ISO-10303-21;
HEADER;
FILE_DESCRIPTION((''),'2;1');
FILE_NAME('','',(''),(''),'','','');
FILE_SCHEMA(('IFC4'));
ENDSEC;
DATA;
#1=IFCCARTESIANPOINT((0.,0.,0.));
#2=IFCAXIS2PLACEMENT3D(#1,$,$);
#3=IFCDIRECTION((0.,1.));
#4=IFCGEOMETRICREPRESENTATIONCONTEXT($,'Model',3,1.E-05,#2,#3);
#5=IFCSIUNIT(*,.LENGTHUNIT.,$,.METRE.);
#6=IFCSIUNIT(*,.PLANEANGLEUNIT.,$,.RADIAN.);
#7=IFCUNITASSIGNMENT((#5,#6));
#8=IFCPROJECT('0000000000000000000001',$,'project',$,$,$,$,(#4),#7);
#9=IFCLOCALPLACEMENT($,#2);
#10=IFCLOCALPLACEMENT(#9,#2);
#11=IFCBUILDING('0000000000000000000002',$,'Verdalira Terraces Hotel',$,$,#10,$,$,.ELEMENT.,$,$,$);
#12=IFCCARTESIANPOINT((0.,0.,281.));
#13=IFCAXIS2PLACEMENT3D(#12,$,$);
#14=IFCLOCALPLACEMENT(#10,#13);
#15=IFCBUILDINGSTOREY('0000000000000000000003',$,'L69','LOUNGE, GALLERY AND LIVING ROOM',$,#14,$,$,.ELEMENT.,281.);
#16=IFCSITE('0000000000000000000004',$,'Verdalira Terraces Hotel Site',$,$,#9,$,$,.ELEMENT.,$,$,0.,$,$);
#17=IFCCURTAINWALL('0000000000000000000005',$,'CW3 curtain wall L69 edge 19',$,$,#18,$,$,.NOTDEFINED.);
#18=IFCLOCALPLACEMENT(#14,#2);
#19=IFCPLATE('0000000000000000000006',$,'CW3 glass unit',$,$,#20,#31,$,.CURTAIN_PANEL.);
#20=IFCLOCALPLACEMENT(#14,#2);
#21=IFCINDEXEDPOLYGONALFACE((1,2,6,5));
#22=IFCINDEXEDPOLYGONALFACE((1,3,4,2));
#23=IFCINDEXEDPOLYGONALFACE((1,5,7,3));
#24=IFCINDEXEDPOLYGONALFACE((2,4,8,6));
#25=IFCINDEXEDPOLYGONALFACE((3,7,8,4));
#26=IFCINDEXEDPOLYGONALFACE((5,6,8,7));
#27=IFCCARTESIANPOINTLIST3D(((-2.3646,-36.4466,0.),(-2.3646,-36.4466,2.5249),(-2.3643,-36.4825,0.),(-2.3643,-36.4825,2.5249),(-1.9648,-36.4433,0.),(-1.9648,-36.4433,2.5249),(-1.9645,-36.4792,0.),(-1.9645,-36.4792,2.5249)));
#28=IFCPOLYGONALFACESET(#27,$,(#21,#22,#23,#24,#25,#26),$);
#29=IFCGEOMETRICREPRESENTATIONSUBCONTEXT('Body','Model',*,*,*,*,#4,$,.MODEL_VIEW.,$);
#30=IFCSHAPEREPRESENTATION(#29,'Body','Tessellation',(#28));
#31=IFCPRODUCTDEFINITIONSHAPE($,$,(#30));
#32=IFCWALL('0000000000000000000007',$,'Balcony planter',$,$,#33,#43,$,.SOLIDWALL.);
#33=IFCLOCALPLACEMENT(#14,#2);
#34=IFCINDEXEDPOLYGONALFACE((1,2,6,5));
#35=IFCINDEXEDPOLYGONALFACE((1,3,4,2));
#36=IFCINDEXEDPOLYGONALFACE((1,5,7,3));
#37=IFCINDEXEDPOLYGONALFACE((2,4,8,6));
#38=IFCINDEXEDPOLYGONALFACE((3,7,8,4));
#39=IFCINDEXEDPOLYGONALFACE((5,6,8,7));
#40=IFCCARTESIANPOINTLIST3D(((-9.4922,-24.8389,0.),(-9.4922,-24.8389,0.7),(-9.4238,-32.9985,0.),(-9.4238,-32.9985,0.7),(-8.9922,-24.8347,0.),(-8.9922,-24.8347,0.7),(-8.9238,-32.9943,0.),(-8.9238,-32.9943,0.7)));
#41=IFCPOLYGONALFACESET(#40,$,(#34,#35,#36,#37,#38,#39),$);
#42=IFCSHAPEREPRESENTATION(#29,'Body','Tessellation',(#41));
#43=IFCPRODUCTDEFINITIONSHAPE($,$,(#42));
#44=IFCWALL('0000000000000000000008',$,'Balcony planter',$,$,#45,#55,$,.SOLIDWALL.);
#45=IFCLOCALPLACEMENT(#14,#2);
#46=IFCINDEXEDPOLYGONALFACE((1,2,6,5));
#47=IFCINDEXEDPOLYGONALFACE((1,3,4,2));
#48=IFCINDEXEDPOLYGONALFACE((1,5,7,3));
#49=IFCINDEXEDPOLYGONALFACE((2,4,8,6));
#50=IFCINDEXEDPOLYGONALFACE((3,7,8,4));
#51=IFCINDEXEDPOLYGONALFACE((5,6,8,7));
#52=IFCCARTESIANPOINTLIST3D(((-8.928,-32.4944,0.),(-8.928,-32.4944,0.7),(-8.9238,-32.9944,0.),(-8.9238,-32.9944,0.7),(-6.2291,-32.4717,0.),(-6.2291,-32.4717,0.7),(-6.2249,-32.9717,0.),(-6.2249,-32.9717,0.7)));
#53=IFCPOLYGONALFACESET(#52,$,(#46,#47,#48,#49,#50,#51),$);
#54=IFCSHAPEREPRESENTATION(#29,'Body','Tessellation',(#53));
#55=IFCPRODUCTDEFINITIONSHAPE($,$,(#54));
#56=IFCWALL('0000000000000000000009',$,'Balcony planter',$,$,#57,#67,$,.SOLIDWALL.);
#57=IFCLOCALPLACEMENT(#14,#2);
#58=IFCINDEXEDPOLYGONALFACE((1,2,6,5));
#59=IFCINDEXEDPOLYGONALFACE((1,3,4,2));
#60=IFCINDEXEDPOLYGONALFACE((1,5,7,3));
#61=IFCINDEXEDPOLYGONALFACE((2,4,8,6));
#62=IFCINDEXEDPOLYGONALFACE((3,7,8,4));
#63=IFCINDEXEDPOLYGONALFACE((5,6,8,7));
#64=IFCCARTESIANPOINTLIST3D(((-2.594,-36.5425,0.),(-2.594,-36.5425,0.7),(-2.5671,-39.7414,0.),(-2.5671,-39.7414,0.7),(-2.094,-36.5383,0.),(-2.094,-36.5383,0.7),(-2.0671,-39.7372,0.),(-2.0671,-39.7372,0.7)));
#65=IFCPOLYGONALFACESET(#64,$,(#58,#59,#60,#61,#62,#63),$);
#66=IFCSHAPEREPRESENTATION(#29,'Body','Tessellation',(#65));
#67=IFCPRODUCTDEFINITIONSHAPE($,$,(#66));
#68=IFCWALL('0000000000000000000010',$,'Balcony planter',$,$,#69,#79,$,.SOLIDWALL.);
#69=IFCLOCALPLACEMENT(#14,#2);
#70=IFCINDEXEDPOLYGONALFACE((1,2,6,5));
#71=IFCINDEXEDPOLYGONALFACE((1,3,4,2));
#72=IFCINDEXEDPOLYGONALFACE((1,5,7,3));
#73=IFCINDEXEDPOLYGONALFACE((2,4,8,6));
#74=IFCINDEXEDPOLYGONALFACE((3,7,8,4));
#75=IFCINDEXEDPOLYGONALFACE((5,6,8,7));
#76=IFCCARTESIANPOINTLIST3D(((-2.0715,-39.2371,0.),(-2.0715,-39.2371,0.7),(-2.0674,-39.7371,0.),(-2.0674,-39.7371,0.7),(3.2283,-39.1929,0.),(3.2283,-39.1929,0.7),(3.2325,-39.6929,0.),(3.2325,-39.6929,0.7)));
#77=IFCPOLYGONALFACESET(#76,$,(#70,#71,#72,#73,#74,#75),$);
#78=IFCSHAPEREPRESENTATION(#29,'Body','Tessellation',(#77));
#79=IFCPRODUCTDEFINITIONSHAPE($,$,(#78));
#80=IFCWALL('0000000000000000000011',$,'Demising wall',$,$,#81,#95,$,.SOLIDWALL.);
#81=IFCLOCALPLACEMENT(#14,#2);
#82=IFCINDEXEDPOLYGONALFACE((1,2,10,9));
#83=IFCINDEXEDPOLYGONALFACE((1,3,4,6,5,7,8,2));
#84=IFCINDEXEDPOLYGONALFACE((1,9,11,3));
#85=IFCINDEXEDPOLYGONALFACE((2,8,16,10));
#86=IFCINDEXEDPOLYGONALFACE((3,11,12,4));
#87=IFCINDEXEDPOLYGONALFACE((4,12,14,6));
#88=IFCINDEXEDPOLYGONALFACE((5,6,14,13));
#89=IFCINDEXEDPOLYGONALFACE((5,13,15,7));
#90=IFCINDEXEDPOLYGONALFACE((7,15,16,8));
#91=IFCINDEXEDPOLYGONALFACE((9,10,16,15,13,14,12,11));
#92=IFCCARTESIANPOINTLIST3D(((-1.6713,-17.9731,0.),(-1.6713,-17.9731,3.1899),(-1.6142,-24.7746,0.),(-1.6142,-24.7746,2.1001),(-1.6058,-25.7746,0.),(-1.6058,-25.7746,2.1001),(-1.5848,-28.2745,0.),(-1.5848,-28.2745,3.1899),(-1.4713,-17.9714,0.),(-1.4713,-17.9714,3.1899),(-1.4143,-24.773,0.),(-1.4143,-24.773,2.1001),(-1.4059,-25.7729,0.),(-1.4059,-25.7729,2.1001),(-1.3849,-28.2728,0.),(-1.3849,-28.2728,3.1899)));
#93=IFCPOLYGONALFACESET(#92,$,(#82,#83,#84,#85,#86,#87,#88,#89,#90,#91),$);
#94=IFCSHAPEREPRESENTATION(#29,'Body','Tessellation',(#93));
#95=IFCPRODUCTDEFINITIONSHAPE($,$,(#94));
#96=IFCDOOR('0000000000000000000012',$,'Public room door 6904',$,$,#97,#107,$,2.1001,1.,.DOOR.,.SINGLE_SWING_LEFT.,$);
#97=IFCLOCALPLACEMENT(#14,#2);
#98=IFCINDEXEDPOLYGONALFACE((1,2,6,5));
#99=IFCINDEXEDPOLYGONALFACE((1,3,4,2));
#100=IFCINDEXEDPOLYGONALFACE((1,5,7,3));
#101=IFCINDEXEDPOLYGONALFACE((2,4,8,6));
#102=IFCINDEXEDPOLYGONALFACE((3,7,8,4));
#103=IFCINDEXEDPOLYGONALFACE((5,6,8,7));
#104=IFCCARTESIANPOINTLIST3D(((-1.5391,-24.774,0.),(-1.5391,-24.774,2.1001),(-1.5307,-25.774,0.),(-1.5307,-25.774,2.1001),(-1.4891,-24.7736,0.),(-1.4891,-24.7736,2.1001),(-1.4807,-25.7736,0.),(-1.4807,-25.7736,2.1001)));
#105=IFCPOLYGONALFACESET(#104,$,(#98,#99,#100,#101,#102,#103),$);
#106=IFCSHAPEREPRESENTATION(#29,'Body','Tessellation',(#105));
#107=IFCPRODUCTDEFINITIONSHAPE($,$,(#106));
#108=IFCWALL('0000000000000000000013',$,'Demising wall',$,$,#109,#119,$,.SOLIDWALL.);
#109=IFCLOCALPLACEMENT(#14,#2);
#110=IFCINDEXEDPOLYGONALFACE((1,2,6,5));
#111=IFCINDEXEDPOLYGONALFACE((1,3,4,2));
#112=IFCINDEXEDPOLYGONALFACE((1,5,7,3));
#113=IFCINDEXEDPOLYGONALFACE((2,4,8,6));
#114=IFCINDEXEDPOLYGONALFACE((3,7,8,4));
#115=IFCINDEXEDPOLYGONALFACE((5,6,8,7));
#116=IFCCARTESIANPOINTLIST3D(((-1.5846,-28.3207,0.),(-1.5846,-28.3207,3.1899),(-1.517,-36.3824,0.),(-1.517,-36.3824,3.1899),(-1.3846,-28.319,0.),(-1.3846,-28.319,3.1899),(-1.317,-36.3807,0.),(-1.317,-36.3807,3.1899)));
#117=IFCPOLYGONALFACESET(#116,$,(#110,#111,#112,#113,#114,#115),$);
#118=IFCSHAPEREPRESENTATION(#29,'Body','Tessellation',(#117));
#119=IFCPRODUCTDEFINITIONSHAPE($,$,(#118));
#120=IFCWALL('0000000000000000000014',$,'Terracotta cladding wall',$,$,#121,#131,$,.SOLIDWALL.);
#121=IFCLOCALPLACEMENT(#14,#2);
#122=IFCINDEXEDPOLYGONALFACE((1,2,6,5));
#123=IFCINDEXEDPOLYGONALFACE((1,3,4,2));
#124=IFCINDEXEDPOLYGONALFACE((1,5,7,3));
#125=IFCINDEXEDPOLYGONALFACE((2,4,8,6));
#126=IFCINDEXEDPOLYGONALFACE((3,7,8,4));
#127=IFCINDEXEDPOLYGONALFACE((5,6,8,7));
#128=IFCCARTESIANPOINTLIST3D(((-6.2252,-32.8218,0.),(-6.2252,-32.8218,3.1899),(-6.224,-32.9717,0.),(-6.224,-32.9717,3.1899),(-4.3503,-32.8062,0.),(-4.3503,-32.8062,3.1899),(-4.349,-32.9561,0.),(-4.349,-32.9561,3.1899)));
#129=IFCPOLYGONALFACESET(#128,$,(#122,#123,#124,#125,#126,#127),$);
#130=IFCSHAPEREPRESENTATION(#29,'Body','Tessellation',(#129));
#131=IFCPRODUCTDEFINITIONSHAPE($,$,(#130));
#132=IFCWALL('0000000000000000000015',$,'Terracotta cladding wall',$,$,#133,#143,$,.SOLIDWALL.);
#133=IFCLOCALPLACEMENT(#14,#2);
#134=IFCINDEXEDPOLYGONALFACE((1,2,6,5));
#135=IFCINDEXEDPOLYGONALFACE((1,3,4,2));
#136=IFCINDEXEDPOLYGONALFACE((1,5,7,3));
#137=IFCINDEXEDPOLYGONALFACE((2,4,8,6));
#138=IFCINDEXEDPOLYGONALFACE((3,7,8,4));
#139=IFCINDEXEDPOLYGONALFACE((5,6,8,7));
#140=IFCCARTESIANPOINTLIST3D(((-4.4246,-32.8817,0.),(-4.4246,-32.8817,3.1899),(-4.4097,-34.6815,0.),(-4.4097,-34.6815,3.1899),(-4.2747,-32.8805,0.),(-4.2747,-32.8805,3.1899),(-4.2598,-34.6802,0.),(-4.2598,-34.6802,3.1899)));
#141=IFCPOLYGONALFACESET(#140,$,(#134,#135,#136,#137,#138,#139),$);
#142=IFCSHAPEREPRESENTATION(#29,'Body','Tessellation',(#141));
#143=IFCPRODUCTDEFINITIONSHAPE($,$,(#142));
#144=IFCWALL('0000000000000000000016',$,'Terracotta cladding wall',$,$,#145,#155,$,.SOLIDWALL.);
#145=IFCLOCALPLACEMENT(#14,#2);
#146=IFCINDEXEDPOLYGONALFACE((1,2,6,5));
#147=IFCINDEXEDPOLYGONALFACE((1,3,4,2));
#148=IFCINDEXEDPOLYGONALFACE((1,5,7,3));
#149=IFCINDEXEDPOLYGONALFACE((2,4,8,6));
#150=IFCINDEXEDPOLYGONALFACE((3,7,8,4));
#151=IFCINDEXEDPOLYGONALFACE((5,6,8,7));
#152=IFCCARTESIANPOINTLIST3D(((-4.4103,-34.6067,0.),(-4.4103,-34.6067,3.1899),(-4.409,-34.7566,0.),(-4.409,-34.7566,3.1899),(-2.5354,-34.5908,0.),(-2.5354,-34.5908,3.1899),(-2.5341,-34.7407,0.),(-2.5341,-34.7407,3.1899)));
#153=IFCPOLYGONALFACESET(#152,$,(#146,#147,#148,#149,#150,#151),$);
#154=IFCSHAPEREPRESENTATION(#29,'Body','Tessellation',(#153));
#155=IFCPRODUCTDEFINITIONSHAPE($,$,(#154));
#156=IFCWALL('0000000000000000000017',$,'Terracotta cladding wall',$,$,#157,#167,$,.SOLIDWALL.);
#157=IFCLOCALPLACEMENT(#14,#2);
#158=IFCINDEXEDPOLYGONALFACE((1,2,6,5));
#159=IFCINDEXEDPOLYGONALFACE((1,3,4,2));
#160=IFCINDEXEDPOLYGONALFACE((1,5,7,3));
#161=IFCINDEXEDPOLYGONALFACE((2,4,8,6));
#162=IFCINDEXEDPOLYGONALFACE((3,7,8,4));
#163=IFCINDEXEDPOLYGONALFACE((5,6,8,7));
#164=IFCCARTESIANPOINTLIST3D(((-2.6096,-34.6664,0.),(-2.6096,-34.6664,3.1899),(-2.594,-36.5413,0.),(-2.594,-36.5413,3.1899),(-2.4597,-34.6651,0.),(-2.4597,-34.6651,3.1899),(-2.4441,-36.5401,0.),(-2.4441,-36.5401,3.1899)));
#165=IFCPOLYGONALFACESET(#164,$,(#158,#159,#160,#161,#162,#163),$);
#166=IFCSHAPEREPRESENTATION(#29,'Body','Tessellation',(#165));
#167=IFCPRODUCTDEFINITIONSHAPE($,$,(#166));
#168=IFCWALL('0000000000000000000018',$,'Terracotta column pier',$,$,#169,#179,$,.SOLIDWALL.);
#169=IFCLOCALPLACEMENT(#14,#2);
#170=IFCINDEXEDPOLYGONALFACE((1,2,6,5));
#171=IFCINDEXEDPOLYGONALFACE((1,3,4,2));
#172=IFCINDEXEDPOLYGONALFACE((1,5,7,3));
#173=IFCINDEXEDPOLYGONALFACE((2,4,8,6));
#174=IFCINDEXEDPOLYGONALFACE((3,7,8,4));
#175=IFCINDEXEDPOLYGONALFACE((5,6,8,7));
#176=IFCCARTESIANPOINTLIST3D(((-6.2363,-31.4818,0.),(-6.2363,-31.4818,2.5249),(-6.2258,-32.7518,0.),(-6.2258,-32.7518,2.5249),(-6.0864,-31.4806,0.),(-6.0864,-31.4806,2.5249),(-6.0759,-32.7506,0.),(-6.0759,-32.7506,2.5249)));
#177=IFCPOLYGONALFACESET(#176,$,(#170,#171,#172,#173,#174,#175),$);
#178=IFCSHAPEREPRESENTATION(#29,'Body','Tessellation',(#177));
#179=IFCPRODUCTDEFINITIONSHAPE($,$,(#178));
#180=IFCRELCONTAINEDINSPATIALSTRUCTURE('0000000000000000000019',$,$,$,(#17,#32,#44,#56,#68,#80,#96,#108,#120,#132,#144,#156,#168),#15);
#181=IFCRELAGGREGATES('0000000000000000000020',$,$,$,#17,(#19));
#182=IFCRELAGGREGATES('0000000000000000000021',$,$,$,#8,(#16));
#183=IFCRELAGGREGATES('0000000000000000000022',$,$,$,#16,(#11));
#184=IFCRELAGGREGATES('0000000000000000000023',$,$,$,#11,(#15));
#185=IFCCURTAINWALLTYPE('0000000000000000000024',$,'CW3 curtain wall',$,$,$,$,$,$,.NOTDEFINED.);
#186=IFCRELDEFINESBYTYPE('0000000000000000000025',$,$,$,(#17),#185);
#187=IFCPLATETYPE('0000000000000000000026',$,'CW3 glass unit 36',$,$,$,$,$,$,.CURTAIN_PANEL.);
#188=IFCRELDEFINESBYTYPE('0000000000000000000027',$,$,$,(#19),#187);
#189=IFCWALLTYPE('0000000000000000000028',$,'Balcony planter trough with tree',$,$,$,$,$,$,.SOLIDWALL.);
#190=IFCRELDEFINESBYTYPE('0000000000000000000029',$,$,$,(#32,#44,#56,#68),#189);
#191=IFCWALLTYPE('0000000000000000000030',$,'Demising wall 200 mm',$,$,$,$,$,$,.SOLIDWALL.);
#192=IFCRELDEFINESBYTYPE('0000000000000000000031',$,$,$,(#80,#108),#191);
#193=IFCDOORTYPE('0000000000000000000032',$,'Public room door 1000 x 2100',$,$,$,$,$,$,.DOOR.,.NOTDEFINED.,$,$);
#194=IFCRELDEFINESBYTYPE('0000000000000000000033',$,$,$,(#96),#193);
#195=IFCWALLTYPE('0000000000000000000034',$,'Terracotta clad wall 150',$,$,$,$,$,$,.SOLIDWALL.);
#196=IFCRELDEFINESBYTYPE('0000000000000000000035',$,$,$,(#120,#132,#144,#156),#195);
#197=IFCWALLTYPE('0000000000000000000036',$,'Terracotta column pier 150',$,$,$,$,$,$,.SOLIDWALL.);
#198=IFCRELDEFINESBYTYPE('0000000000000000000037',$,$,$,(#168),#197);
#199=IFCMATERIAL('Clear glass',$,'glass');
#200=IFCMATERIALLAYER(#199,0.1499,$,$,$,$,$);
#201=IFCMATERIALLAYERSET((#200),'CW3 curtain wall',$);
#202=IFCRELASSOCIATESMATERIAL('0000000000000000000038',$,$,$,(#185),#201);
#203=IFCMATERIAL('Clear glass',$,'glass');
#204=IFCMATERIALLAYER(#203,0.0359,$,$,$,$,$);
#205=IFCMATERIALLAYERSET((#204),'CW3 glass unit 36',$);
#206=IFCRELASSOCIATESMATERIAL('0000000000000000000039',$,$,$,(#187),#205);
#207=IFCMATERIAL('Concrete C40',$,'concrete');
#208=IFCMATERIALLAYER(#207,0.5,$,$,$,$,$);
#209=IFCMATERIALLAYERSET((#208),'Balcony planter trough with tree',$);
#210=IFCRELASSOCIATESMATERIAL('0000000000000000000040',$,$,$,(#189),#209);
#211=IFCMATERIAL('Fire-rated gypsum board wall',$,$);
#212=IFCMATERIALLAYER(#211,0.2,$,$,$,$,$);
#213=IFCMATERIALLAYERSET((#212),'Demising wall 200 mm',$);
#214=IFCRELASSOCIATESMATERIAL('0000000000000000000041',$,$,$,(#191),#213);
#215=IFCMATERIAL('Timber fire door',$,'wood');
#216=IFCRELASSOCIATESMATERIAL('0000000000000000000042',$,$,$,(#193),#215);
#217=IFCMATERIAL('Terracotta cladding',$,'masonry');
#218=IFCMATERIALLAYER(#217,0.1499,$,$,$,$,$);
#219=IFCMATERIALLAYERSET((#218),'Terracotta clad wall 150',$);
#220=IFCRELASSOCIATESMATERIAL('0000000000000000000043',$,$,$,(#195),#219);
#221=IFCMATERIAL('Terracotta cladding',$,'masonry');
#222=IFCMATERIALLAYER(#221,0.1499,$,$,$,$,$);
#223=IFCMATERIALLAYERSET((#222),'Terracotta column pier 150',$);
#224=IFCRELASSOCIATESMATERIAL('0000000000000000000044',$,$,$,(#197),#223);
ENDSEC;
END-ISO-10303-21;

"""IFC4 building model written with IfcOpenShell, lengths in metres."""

from ifc_helpers import new_model, si_unit, direction, frame, frame_2d, origin, origin_2d, place, context, subcontext, project, spatial, rectangle, extrude, material, layer, layer_set, type_object, element, fill, aggregate, save


model = new_model("IFC4")

# Units and contexts
model_context = context("Model", 3, precision=1e-05, world=origin(), true_north=direction((0.0, 1.0)))
body_context = subcontext(model_context, "Body", "Model", "MODEL_VIEW")
ifc_project = project(units=[si_unit("LENGTHUNIT", "METRE"), si_unit("PLANEANGLEUNIT", "RADIAN")], contexts=[model_context])

# Site, building, storey
site_placement = place(None, origin())
site = spatial("IfcSite", under=ifc_project, at=site_placement, Name="Verdalira Terraces Hotel Site", CompositionType="ELEMENT", RefElevation=0.0)
building_placement = place(site_placement, origin())
building = spatial("IfcBuilding", under=site, at=building_placement, Name="Verdalira Terraces Hotel", CompositionType="ELEMENT")
storey_placement = place(building_placement, frame((0.0, 0.0, 281.0)))
storey = spatial("IfcBuildingStorey", under=building, at=storey_placement, Name="L69", Description="LOUNGE, GALLERY AND LIVING ROOM", CompositionType="ELEMENT", Elevation=281.0)

# Curtain wall
ifc_material_1 = material(Name="Clear glass", Category="glass")
ifc_layer_1 = layer(ifc_material_1, 0.1499)
ifc_layer_set_1 = layer_set([ifc_layer_1], Name="CW3 curtain wall")
curtain_wall_type_1 = type_object("IfcCurtainWallType", Name="CW3 curtain wall", PredefinedType="NOTDEFINED", material=ifc_layer_set_1)
curtain_wall_1_placement = place(storey_placement, origin())
curtain_wall_1 = element("IfcCurtainWall", 1, at=curtain_wall_1_placement, inside=storey, type_object=curtain_wall_type_1, Name="CW3 curtain wall L69 edge 19", PredefinedType="NOTDEFINED")

# Plate
ifc_material_2 = material(Name="Clear glass", Category="glass")
ifc_layer_2 = layer(ifc_material_2, 0.0359)
ifc_layer_set_2 = layer_set([ifc_layer_2], Name="CW3 glass unit 36")
plate_type_1 = type_object("IfcPlateType", Name="CW3 glass unit 36", PredefinedType="CURTAIN_PANEL", material=ifc_layer_set_2)
plate_1_placement = place(storey_placement, frame((-2.1646, -36.4629, 0.0), z_axis=(0.0, 0.0, 1.0), x_axis=(0.999965, 0.008377, 0.0)))
plate_1 = element("IfcPlate", 2, at=plate_1_placement, type_object=plate_type_1, Name="CW3 glass unit", PredefinedType="CURTAIN_PANEL", context=body_context, shape_type="SweptSolid", body=[
    extrude(rectangle(XDim=0.3999, YDim=0.0359, at=origin_2d()), origin(), (0.0, 0.0, 1.0), 2.5249),
])
aggregate(curtain_wall_1, [plate_1])

# Walls
ifc_material_3 = material(Name="Concrete C40", Category="concrete")
ifc_layer_3 = layer(ifc_material_3, 0.5)
ifc_layer_set_3 = layer_set([ifc_layer_3], Name="Balcony planter trough with tree")
wall_type_1 = type_object("IfcWallType", Name="Balcony planter trough with tree", PredefinedType="SOLIDWALL", material=ifc_layer_set_3)
wall_1_placement = place(storey_placement, frame((-9.2422, -24.8367, 0.0), z_axis=(0.0, 0.0, 1.0), x_axis=(0.008377, -0.999965, 0.0)))
element("IfcWall", 3, at=wall_1_placement, inside=storey, type_object=wall_type_1, Name="Balcony planter", PredefinedType="SOLIDWALL", context=body_context, shape_type="SweptSolid", body=[
    extrude(rectangle(XDim=8.1599, YDim=0.5, at=frame_2d((4.0801, 0.0))), origin(), (0.0, 0.0, 1.0), 0.7),
])
wall_2_placement = place(storey_placement, frame((-8.926, -32.7444, 0.0), z_axis=(0.0, 0.0, 1.0), x_axis=(0.999965, 0.008412, 0.0)))
element("IfcWall", 4, at=wall_2_placement, inside=storey, type_object=wall_type_1, Name="Balcony planter", PredefinedType="SOLIDWALL", context=body_context, shape_type="SweptSolid", body=[
    extrude(rectangle(XDim=2.699, YDim=0.5, at=frame_2d((1.3496, 0.0))), origin(), (0.0, 0.0, 1.0), 0.7),
])
wall_3_placement = place(storey_placement, frame((-2.344, -36.5403, 0.0), z_axis=(0.0, 0.0, 1.0), x_axis=(0.008395, -0.999965, 0.0)))
element("IfcWall", 5, at=wall_3_placement, inside=storey, type_object=wall_type_1, Name="Balcony planter", PredefinedType="SOLIDWALL", context=body_context, shape_type="SweptSolid", body=[
    extrude(rectangle(XDim=3.199, YDim=0.5, at=frame_2d((1.5996, 0.0))), origin(), (0.0, 0.0, 1.0), 0.7),
])
wall_4_placement = place(storey_placement, frame((-2.0693, -39.4871, 0.0), z_axis=(0.0, 0.0, 1.0), x_axis=(0.999965, 0.008338, 0.0)))
element("IfcWall", 6, at=wall_4_placement, inside=storey, type_object=wall_type_1, Name="Balcony planter", PredefinedType="SOLIDWALL", context=body_context, shape_type="SweptSolid", body=[
    extrude(rectangle(XDim=5.3, YDim=0.5, at=frame_2d((2.6499, 0.0))), origin(), (0.0, 0.0, 1.0), 0.7),
])

# Wall, opening, door
ifc_material_4 = material(Name="Fire-rated gypsum board wall")
ifc_layer_4 = layer(ifc_material_4, 0.2)
ifc_layer_set_4 = layer_set([ifc_layer_4], Name="Demising wall 200 mm")
wall_type_2 = type_object("IfcWallType", Name="Demising wall 200 mm", PredefinedType="SOLIDWALL", material=ifc_layer_set_4)
wall_5_placement = place(storey_placement, frame((-1.4849, -28.2737, 0.0), z_axis=(0.0, 0.0, 1.0), x_axis=(-0.008389, 0.999965, 0.0)))
wall_5 = element("IfcWall", 7, at=wall_5_placement, inside=storey, type_object=wall_type_2, Name="Demising wall", PredefinedType="SOLIDWALL", context=body_context, shape_type="SweptSolid", body=[
    extrude(rectangle(XDim=10.3018, YDim=0.2, at=frame_2d((5.1509, 0.0))), origin(), (0.0, 0.0, 1.0), 3.1899),
])
opening_1_placement = place(wall_5_placement, frame((2.5, 0.0, 0.0)))
opening_1 = element("IfcOpeningElement", 8, at=opening_1_placement, cuts=wall_5, PredefinedType="OPENING", context=body_context, shape_type="SweptSolid", body=[
    extrude(rectangle(XDim=1.0, YDim=2.1001, at=frame_2d((0.5, 1.05))), frame((0.0, 0.1099, 0.0), z_axis=(0.0, -1.0, 0.0), x_axis=(1.0, 0.0, 0.0)), (0.0, 0.0, 1.0), 0.22),
])
ifc_material_5 = material(Name="Timber fire door", Category="wood")
door_type_1 = type_object("IfcDoorType", Name="Public room door 1000 x 2100", OperationType="NOTDEFINED", PredefinedType="DOOR", material=ifc_material_5)
door_1_placement = place(opening_1_placement, origin())
door_1 = element("IfcDoor", 9, at=door_1_placement, inside=storey, type_object=door_type_1, Name="Public room door 6904", OperationType="SINGLE_SWING_LEFT", OverallHeight=2.1001, OverallWidth=1.0, PredefinedType="DOOR", context=body_context, shape_type="SweptSolid", body=[
    extrude(rectangle(XDim=1.0, YDim=2.1001, at=frame_2d((0.5, 1.05))), frame((0.0, 0.0249, 0.0), z_axis=(0.0, -1.0, 0.0), x_axis=(1.0, 0.0, 0.0)), (0.0, 0.0, 1.0), 0.05),
])
fill(opening_1, door_1)

# Walls
wall_6_placement = place(storey_placement, frame((-1.4846, -28.3198, 0.0), z_axis=(0.0, 0.0, 1.0), x_axis=(0.008388, -0.999965, 0.0)))
element("IfcWall", 10, at=wall_6_placement, inside=storey, type_object=wall_type_2, Name="Demising wall", PredefinedType="SOLIDWALL", context=body_context, shape_type="SweptSolid", body=[
    extrude(rectangle(XDim=8.062, YDim=0.2, at=frame_2d((4.031, 0.0))), origin(), (0.0, 0.0, 1.0), 3.1899),
])
ifc_material_6 = material(Name="Terracotta cladding", Category="masonry")
ifc_layer_5 = layer(ifc_material_6, 0.1499)
ifc_layer_set_5 = layer_set([ifc_layer_5], Name="Terracotta clad wall 150")
wall_type_3 = type_object("IfcWallType", Name="Terracotta clad wall 150", PredefinedType="SOLIDWALL", material=ifc_layer_set_5)
wall_7_placement = place(storey_placement, frame((-6.2246, -32.8967, 0.0), z_axis=(0.0, 0.0, 1.0), x_axis=(0.999965, 0.008333, 0.0)))
element("IfcWall", 11, at=wall_7_placement, inside=storey, type_object=wall_type_3, Name="Terracotta cladding wall", PredefinedType="SOLIDWALL", context=body_context, shape_type="SweptSolid", body=[
    extrude(rectangle(XDim=1.875, YDim=0.1499, at=frame_2d((0.9375, 0.0))), origin(), (0.0, 0.0, 1.0), 3.1899),
])
wall_8_placement = place(storey_placement, frame((-4.3496, -32.8811, 0.0), z_axis=(0.0, 0.0, 1.0), x_axis=(0.008274, -0.999966, 0.0)))
element("IfcWall", 12, at=wall_8_placement, inside=storey, type_object=wall_type_3, Name="Terracotta cladding wall", PredefinedType="SOLIDWALL", context=body_context, shape_type="SweptSolid", body=[
    extrude(rectangle(XDim=1.7998, YDim=0.1499, at=frame_2d((0.8999, 0.0))), origin(), (0.0, 0.0, 1.0), 3.1899),
])
for number, where, z_axis, x_axis, name in (
    (13, (-4.4097, -34.6816, 0.0), (0.0, 0.0, 1.0), (0.999964, 0.008463, 0.0), "Terracotta cladding wall"),
    (14, (-2.5347, -34.6658, 0.0), (0.0, 0.0, 1.0), (0.008333, -0.999965, 0.0), "Terracotta cladding wall"),
):
    element("IfcWall", number, at=place(storey_placement, frame(where, z_axis=z_axis, x_axis=x_axis)), inside=storey, type_object=wall_type_3, Name=name, PredefinedType="SOLIDWALL", context=body_context, shape_type="SweptSolid", body=[
        extrude(rectangle(XDim=1.875, YDim=0.1499, at=frame_2d((0.9375, 0.0))), origin(), (0.0, 0.0, 1.0), 3.1899),
    ])
ifc_material_7 = material(Name="Terracotta cladding", Category="masonry")
ifc_layer_6 = layer(ifc_material_7, 0.1499)
ifc_layer_set_6 = layer_set([ifc_layer_6], Name="Terracotta column pier 150")
wall_type_4 = type_object("IfcWallType", Name="Terracotta column pier 150", PredefinedType="SOLIDWALL", material=ifc_layer_set_6)
wall_9_placement = place(storey_placement, frame((-6.1614, -31.4812, 0.0), z_axis=(0.0, 0.0, 1.0), x_axis=(0.008266, -0.999966, 0.0)))
element("IfcWall", 15, at=wall_9_placement, inside=storey, type_object=wall_type_4, Name="Terracotta column pier", PredefinedType="SOLIDWALL", context=body_context, shape_type="SweptSolid", body=[
    extrude(rectangle(XDim=1.27, YDim=0.1499, at=frame_2d((0.635, 0.0))), origin(), (0.0, 0.0, 1.0), 2.5249),
])

save(model, "model.ifc")
